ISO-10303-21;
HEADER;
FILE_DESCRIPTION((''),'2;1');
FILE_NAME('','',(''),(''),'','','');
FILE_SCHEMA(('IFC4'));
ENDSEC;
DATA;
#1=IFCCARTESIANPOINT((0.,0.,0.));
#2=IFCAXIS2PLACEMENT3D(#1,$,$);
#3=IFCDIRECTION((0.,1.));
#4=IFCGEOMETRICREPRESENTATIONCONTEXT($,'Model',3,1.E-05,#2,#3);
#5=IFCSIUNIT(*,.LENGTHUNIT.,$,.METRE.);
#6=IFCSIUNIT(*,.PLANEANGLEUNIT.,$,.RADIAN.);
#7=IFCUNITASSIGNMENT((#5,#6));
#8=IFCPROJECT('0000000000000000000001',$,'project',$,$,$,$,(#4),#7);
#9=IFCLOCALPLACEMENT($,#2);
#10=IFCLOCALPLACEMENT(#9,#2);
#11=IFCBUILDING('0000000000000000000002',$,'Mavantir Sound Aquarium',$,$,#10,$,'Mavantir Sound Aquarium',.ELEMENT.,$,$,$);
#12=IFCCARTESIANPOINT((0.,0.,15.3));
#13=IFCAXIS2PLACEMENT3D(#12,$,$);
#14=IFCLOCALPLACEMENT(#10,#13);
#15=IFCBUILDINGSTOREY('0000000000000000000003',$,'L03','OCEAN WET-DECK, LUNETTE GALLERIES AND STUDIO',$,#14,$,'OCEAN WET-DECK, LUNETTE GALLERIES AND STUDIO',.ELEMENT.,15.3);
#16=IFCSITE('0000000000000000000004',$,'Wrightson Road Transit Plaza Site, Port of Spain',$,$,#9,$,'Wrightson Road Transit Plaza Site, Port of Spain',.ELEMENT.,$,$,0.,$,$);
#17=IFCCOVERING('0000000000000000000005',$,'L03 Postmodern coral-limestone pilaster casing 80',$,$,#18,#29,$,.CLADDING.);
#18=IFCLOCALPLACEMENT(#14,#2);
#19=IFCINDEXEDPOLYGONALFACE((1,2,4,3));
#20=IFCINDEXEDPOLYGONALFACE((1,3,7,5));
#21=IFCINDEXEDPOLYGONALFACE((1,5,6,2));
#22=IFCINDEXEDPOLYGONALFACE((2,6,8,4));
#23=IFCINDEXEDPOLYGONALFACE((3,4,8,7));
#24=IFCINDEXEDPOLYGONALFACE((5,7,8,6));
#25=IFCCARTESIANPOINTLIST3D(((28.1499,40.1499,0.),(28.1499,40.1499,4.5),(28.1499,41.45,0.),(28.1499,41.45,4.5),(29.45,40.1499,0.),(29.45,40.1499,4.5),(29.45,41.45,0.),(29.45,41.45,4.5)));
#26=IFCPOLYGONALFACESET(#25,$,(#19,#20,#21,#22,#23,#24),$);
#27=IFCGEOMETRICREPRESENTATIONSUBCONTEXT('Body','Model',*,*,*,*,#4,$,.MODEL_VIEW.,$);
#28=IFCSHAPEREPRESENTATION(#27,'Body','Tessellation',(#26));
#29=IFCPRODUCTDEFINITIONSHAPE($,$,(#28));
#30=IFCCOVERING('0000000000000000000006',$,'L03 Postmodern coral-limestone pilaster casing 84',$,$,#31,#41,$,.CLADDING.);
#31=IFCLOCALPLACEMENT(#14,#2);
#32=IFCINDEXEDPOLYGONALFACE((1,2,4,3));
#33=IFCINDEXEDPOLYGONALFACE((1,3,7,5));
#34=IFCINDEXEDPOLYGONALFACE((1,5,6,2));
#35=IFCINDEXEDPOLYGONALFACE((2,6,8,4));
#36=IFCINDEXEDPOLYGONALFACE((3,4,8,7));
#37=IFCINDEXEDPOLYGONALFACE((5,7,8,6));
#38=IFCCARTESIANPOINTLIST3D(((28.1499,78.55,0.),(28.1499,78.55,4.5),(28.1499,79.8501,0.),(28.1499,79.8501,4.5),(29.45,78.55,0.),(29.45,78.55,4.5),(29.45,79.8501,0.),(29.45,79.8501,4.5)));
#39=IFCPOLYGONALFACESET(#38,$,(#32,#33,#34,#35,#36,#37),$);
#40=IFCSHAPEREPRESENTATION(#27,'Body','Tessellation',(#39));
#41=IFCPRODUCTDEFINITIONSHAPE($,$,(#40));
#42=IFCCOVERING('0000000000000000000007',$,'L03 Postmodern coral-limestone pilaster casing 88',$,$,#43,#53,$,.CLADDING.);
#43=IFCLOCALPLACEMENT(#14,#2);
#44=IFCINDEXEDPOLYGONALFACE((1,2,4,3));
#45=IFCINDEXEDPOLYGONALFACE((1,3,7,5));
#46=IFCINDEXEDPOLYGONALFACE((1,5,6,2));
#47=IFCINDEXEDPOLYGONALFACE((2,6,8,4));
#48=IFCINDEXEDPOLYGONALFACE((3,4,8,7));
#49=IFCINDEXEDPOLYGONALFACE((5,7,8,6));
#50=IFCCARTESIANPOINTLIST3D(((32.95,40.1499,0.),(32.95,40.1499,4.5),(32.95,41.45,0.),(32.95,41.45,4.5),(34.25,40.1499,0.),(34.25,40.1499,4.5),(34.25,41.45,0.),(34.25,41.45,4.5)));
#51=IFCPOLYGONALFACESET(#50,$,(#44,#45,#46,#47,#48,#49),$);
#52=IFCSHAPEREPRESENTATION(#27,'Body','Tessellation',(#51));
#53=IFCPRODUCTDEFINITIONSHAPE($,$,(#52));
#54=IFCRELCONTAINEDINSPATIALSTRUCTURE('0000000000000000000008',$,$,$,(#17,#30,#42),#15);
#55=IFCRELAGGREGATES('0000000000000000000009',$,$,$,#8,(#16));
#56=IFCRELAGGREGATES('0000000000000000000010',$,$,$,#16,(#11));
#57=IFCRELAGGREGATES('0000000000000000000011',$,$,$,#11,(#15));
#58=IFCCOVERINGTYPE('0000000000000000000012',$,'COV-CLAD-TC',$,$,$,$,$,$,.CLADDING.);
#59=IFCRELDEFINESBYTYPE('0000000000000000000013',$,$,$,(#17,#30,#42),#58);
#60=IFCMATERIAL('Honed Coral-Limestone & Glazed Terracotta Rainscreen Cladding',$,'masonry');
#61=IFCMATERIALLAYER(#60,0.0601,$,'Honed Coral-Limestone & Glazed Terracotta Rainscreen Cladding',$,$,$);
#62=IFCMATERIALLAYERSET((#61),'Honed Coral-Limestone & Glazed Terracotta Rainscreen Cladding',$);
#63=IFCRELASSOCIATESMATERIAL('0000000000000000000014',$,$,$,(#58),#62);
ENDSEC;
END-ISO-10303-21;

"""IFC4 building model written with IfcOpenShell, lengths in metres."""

from ifc_helpers import new_model, si_unit, direction, frame, origin, place, context, subcontext, project, spatial, polyline, outline, extrude, material, layer, layer_set, type_object, element, save


model = new_model("IFC4")

# Units and contexts
model_context = context("Model", 3, precision=1e-05, world=origin(), true_north=direction((0.0, 1.0)))
body_context = subcontext(model_context, "Body", "Model", "MODEL_VIEW")
ifc_project = project(units=[si_unit("LENGTHUNIT", "METRE"), si_unit("PLANEANGLEUNIT", "RADIAN")], contexts=[model_context])

# Site, building, storey
site_placement = place(None, origin())
site = spatial("IfcSite", under=ifc_project, at=site_placement, Name="Wrightson Road Transit Plaza Site, Port of Spain", LongName="Wrightson Road Transit Plaza Site, Port of Spain", CompositionType="ELEMENT", RefElevation=0.0)
building_placement = place(site_placement, origin())
building = spatial("IfcBuilding", under=site, at=building_placement, Name="Mavantir Sound Aquarium", LongName="Mavantir Sound Aquarium", CompositionType="ELEMENT")
storey_placement = place(building_placement, frame((0.0, 0.0, 15.3)))
storey = spatial("IfcBuildingStorey", under=building, at=storey_placement, Name="L03", Description="OCEAN WET-DECK, LUNETTE GALLERIES AND STUDIO", LongName="OCEAN WET-DECK, LUNETTE GALLERIES AND STUDIO", CompositionType="ELEMENT", Elevation=15.3)

# Coverings
ifc_material_1 = material(Name="Honed Coral-Limestone & Glazed Terracotta Rainscreen Cladding", Category="masonry")
ifc_layer_1 = layer(ifc_material_1, 0.0601, Name="Honed Coral-Limestone & Glazed Terracotta Rainscreen Cladding")
ifc_layer_set_1 = layer_set([ifc_layer_1], Name="Honed Coral-Limestone & Glazed Terracotta Rainscreen Cladding")
covering_type = type_object("IfcCoveringType", Name="COV-CLAD-TC", PredefinedType="CLADDING", material=ifc_layer_set_1)
covering_1_placement = place(storey_placement, origin())
element("IfcCovering", 1, at=covering_1_placement, inside=storey, type_object=covering_type, Name="L03 Postmodern coral-limestone pilaster casing 80", PredefinedType="CLADDING", context=body_context, shape_type="SweptSolid", body=[
    extrude(outline(polyline([(28.1499, 40.1499), (29.45, 40.1499), (29.45, 41.45), (28.1499, 41.45), (28.1499, 40.1499)])), origin(), (0.0, 0.0, 1.0), 4.5),
])
covering_2_placement = place(storey_placement, origin())
element("IfcCovering", 2, at=covering_2_placement, inside=storey, type_object=covering_type, Name="L03 Postmodern coral-limestone pilaster casing 84", PredefinedType="CLADDING", context=body_context, shape_type="SweptSolid", body=[
    extrude(outline(polyline([(28.1499, 78.55), (29.45, 78.55), (29.45, 79.8501), (28.1499, 79.8501), (28.1499, 78.55)])), origin(), (0.0, 0.0, 1.0), 4.5),
])
covering_3_placement = place(storey_placement, origin())
element("IfcCovering", 3, at=covering_3_placement, inside=storey, type_object=covering_type, Name="L03 Postmodern coral-limestone pilaster casing 88", PredefinedType="CLADDING", context=body_context, shape_type="SweptSolid", body=[
    extrude(outline(polyline([(32.95, 40.1499), (34.25, 40.1499), (34.25, 41.45), (32.95, 41.45), (32.95, 40.1499)])), origin(), (0.0, 0.0, 1.0), 4.5),
])

save(model, "model.ifc")
